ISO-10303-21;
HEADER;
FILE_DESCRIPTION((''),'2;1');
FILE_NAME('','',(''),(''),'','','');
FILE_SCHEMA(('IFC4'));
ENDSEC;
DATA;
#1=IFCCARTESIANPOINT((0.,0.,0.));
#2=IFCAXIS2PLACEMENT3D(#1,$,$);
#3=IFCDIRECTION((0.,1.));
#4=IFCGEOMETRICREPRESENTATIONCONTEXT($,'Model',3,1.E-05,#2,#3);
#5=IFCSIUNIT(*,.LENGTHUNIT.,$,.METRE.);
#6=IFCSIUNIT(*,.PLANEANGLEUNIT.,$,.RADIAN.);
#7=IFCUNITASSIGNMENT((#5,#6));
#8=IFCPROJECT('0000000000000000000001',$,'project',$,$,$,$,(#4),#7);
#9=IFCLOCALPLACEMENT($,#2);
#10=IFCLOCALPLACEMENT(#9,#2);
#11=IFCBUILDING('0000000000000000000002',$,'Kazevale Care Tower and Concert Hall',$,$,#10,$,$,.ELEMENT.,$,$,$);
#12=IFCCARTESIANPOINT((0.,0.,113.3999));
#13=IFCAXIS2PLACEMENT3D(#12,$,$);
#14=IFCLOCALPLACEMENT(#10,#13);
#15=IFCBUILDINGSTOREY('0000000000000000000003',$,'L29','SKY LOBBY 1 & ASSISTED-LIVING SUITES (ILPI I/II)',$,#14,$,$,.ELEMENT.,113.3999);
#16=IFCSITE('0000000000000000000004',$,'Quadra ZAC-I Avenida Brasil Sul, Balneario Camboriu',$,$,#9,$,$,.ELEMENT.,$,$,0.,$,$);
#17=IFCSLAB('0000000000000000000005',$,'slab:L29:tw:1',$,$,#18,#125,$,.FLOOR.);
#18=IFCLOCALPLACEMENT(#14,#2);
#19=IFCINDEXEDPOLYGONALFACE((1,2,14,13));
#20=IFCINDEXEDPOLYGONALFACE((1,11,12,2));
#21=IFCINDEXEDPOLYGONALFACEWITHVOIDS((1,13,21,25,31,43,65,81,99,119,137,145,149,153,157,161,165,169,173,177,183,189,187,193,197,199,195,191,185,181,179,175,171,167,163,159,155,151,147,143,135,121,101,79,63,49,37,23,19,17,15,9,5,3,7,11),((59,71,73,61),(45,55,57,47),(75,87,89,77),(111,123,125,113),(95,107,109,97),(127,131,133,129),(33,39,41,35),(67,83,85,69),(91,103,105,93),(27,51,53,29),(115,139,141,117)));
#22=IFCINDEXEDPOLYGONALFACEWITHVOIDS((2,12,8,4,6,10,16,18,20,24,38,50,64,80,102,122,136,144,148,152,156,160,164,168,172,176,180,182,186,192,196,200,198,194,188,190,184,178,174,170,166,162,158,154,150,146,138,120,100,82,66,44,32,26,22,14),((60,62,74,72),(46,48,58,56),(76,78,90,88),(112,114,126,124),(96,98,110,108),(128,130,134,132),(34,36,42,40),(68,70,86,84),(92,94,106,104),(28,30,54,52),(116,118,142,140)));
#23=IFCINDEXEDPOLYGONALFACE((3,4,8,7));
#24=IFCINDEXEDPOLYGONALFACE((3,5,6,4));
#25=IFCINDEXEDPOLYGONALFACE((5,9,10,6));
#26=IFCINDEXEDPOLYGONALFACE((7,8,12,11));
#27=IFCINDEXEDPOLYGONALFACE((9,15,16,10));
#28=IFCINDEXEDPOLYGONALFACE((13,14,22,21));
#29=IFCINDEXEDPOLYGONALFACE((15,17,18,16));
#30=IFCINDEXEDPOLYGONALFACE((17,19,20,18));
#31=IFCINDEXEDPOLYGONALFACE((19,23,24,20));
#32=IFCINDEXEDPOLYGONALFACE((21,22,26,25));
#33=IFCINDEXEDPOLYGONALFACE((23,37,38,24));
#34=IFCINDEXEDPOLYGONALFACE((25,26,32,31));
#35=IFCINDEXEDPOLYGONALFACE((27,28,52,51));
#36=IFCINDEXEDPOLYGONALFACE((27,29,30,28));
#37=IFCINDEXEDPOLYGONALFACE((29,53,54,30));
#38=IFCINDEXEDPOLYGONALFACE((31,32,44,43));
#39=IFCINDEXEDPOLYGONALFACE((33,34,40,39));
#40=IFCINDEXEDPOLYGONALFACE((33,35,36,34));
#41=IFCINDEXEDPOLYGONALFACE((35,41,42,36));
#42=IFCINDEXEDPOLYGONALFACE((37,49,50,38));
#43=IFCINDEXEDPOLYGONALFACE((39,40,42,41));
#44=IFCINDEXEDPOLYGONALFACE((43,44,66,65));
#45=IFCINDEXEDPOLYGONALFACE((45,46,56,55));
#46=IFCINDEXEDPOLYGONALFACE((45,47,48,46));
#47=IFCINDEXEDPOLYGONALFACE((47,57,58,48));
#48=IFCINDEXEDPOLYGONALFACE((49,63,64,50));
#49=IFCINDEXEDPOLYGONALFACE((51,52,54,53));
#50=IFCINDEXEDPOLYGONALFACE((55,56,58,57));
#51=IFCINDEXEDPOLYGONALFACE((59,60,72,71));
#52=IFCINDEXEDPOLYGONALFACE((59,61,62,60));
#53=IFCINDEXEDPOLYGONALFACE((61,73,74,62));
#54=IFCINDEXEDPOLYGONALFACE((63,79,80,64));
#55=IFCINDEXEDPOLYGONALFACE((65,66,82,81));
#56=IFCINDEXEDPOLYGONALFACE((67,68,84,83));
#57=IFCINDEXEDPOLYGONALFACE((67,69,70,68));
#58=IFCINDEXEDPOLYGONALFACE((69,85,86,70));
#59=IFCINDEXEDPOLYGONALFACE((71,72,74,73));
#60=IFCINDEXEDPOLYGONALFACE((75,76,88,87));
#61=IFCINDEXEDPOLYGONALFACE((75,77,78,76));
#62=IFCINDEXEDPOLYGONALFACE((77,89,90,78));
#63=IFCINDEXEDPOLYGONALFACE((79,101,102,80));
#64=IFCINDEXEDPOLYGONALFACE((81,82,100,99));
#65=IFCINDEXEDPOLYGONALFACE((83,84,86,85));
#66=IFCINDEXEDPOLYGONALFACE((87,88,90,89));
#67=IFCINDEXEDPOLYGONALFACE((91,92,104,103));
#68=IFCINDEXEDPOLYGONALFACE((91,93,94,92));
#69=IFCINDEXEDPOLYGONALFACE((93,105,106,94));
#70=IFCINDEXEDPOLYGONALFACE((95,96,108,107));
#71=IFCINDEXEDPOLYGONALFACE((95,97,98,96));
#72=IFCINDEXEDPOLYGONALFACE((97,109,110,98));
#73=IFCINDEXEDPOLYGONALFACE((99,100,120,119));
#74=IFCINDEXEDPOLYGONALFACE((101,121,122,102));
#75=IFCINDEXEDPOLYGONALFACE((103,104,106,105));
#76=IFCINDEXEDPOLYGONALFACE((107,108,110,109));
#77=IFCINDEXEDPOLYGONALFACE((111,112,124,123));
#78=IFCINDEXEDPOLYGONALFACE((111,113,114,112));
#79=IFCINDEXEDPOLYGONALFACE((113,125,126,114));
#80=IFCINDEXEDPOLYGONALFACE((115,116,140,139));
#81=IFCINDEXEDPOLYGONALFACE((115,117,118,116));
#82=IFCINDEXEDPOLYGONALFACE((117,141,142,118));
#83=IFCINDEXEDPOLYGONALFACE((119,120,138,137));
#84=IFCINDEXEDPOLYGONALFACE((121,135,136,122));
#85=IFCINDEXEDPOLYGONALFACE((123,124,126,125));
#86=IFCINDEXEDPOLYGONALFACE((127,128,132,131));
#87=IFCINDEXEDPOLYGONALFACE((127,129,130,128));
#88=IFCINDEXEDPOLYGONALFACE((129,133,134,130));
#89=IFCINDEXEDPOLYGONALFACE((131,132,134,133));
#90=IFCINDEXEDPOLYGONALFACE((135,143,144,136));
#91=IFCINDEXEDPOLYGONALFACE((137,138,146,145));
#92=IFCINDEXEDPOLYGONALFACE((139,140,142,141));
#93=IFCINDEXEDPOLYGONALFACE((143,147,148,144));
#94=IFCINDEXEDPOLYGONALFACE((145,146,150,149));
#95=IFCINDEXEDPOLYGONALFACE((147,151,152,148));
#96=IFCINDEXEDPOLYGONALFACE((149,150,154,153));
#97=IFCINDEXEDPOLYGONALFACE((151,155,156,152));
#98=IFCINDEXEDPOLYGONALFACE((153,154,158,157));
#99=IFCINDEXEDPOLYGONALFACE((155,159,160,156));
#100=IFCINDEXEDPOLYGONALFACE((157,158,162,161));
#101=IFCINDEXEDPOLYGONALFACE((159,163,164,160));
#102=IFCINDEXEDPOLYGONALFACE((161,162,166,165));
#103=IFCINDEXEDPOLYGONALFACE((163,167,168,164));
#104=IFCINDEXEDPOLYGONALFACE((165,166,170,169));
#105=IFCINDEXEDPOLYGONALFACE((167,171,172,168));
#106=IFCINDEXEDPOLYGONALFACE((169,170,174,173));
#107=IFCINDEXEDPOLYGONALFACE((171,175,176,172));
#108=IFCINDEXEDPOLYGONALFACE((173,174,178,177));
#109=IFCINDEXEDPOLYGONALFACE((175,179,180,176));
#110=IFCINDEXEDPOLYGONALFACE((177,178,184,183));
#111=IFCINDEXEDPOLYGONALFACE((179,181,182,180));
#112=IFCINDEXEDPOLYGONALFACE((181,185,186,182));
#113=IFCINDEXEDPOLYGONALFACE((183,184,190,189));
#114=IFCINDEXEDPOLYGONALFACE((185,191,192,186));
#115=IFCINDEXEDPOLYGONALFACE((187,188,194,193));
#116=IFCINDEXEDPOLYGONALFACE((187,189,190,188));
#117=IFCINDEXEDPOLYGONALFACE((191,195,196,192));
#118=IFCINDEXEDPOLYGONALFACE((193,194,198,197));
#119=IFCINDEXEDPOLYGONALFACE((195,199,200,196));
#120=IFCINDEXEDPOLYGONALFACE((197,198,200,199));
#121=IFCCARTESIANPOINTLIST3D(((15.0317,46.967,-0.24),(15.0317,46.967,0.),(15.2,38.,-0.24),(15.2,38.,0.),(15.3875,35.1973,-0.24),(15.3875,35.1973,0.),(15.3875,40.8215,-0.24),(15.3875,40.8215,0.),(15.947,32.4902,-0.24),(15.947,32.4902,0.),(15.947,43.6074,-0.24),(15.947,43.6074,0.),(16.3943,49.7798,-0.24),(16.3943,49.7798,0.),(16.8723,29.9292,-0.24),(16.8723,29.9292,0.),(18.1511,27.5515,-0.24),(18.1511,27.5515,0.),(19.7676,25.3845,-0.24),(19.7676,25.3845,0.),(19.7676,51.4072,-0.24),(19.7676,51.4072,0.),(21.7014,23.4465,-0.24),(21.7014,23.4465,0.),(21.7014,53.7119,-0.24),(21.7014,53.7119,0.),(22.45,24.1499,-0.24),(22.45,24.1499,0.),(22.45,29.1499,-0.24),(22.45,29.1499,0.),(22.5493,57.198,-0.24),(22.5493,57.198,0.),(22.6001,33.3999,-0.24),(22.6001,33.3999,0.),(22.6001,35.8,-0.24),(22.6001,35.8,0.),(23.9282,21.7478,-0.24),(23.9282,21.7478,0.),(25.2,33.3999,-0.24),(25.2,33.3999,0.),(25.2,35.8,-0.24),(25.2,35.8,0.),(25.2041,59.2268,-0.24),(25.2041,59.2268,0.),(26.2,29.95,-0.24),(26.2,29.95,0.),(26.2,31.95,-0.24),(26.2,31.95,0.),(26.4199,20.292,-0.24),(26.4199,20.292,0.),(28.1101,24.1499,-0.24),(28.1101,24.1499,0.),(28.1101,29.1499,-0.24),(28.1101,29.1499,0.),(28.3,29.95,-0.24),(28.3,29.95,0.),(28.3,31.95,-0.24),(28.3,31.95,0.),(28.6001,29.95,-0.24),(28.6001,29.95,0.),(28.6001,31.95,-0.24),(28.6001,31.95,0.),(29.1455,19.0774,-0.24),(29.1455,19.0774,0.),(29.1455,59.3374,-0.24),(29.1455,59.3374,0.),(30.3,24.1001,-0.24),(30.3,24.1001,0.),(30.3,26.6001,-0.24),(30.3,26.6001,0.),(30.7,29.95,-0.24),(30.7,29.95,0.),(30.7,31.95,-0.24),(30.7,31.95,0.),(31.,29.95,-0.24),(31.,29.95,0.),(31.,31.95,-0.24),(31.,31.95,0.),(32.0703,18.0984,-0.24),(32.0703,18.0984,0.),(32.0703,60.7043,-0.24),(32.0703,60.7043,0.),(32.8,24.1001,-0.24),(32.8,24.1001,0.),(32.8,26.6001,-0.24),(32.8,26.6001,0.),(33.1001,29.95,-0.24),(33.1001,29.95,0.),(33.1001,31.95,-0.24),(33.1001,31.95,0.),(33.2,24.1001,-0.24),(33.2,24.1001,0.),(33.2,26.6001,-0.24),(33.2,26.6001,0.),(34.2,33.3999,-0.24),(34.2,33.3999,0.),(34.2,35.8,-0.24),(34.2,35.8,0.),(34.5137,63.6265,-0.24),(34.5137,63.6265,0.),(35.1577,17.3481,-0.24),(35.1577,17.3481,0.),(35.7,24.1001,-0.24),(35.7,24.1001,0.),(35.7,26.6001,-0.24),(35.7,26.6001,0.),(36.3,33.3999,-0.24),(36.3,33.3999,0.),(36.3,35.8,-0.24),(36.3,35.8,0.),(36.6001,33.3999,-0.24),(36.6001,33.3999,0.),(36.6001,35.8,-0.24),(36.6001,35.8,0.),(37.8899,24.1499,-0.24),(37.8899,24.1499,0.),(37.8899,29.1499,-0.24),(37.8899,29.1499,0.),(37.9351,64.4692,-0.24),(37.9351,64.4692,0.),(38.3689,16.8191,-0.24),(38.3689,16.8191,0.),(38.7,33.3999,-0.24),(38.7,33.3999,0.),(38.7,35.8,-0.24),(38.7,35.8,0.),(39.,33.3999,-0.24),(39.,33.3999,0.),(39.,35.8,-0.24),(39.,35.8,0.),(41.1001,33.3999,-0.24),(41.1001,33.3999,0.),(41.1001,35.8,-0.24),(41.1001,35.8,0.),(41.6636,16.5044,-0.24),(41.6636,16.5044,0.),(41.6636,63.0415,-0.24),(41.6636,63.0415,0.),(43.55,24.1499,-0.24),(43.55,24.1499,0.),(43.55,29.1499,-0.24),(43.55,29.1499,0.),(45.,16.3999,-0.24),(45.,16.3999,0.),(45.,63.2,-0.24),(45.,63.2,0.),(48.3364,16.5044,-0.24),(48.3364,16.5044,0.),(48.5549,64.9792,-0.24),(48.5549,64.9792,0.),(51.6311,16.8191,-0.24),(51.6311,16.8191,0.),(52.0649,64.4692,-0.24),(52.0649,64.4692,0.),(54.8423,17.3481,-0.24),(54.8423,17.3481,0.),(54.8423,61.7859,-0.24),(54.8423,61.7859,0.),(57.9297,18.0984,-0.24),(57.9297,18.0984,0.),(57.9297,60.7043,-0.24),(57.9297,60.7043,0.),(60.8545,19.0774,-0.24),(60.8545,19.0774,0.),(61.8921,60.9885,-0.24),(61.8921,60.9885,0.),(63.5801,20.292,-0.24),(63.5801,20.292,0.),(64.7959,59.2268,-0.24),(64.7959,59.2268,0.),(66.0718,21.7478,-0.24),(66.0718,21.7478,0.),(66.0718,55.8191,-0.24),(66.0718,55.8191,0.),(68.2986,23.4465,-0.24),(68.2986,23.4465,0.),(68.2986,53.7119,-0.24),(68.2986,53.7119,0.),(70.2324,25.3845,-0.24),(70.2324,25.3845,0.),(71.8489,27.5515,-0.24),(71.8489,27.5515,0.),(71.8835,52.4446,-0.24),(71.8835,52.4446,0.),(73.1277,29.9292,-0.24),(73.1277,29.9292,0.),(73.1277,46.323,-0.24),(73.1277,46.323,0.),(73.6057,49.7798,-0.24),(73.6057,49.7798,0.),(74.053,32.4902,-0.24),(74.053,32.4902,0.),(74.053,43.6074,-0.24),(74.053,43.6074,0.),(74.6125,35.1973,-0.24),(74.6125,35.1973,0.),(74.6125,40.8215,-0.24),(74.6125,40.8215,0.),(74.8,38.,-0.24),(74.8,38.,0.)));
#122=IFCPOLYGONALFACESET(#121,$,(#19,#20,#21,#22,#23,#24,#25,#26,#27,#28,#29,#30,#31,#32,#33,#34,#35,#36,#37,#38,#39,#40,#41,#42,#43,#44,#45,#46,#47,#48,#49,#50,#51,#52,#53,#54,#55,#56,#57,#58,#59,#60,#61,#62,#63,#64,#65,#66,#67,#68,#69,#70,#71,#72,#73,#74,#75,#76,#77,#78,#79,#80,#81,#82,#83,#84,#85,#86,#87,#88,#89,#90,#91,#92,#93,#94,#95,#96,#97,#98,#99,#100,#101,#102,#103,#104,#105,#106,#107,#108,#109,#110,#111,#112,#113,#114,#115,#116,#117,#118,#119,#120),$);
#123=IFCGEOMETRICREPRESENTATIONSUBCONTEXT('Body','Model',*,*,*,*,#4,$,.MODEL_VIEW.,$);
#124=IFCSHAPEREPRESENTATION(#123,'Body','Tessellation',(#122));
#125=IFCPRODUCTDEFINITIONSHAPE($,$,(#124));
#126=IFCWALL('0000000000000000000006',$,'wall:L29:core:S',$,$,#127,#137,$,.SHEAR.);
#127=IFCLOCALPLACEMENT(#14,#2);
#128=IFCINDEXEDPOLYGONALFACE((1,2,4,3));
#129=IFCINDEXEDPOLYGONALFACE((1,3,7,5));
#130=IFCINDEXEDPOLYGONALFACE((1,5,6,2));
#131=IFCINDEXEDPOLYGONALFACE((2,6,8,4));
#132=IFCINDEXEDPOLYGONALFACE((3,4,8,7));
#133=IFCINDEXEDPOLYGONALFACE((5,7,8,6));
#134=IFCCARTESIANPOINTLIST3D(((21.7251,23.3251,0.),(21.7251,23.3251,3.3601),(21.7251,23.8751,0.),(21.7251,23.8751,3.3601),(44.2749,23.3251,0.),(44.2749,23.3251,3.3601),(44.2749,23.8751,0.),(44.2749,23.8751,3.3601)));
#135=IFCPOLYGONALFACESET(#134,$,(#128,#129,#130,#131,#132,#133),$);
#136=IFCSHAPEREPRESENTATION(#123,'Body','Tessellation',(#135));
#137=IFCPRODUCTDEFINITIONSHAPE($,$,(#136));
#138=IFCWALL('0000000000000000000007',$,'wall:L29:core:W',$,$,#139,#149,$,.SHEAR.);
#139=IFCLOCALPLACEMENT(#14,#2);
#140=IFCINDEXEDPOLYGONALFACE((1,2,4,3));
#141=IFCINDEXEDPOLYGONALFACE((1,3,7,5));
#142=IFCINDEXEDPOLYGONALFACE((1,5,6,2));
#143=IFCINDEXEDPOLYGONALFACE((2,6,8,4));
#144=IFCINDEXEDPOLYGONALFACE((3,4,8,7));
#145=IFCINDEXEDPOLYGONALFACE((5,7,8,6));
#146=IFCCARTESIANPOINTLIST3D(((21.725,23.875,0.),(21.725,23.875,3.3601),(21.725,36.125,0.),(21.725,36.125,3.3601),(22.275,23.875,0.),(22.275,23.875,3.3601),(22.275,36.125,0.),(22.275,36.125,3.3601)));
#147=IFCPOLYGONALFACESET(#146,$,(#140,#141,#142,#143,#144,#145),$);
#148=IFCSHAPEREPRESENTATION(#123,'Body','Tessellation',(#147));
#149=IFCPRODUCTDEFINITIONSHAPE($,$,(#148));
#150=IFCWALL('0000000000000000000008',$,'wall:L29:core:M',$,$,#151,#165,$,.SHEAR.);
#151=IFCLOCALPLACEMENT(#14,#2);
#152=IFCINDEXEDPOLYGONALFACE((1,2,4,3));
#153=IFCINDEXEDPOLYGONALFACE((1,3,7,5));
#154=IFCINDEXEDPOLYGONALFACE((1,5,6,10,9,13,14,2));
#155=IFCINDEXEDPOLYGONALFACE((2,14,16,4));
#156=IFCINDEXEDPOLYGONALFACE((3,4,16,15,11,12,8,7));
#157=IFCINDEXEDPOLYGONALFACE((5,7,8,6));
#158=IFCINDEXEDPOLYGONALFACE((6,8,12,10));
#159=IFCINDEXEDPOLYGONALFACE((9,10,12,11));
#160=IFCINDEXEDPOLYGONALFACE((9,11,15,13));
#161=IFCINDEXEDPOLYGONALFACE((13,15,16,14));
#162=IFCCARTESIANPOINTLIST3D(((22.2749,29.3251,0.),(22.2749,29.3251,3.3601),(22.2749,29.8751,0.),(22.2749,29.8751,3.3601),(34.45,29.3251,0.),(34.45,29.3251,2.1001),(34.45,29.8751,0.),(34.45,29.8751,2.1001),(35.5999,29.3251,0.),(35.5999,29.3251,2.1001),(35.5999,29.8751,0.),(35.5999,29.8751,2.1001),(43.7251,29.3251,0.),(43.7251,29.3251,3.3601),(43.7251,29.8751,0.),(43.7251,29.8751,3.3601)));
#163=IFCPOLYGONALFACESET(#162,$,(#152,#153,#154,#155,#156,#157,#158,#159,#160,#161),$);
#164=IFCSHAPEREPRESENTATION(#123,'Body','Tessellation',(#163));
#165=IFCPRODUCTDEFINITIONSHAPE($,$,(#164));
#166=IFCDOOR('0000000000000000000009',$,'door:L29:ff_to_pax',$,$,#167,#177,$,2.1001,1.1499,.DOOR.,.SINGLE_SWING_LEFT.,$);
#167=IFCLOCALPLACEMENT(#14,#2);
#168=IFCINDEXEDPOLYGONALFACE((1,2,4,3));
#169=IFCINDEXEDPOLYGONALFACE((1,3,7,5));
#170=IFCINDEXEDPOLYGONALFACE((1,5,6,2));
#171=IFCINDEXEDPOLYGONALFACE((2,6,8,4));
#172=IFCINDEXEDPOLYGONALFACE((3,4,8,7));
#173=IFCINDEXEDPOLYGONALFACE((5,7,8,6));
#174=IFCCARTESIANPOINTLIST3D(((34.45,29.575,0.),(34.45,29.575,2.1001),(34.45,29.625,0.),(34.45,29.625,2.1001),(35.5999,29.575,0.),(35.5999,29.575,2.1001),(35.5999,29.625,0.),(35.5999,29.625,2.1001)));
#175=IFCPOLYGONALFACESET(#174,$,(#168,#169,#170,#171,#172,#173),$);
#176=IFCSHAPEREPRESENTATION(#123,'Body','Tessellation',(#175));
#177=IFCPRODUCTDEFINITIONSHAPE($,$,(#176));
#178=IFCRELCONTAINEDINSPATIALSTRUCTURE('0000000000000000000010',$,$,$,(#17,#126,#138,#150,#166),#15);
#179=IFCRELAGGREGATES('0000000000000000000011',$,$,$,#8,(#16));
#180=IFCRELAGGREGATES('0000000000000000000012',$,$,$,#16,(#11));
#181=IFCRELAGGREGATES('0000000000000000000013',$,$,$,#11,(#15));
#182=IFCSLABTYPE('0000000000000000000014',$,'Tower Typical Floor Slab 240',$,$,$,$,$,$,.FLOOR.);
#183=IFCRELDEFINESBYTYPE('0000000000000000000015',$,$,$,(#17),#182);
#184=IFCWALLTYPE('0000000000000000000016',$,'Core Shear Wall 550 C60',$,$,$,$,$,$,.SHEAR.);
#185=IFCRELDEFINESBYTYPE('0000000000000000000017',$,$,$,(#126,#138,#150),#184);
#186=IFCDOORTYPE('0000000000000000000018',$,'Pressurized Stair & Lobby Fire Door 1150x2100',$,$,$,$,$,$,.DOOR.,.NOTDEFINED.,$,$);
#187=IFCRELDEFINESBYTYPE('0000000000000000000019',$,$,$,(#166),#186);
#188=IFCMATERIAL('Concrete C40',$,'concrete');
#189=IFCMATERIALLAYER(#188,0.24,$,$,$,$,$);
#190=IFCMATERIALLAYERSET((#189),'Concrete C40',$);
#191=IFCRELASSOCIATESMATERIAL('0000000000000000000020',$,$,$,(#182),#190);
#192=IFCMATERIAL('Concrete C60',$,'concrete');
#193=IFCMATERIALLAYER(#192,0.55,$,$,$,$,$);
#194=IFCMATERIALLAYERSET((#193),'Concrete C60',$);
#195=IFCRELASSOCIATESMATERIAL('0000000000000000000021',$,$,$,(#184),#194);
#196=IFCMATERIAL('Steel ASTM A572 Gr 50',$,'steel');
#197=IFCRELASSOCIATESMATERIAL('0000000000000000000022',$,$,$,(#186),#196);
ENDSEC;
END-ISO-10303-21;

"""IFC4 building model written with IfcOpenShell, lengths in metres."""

from ifc_helpers import new_model, si_unit, direction, frame, frame_2d, origin, place, context, subcontext, project, spatial, polyline, rectangle, outline, extrude, material, layer, layer_set, type_object, element, fill, save


model = new_model("IFC4")

# Units and contexts
model_context = context("Model", 3, precision=1e-05, world=origin(), true_north=direction((0.0, 1.0)))
body_context = subcontext(model_context, "Body", "Model", "MODEL_VIEW")
ifc_project = project(units=[si_unit("LENGTHUNIT", "METRE"), si_unit("PLANEANGLEUNIT", "RADIAN")], contexts=[model_context])

# Site, building, storey
site_placement = place(None, origin())
site = spatial("IfcSite", under=ifc_project, at=site_placement, Name="Quadra ZAC-I Avenida Brasil Sul, Balneario Camboriu", CompositionType="ELEMENT", RefElevation=0.0)
building_placement = place(site_placement, origin())
building = spatial("IfcBuilding", under=site, at=building_placement, Name="Kazevale Care Tower and Concert Hall", CompositionType="ELEMENT")
storey_placement = place(building_placement, frame((0.0, 0.0, 113.3999)))
storey = spatial("IfcBuildingStorey", under=building, at=storey_placement, Name="L29", Description="SKY LOBBY 1 & ASSISTED-LIVING SUITES (ILPI I/II)", CompositionType="ELEMENT", Elevation=113.3999)

# Shared definitions
ifc_material_1 = material(Name="Concrete C60", Category="concrete")

# Shared definitions
ifc_material_2 = material(Name="Steel ASTM A572 Gr 50", Category="steel")

# Shared definitions
ifc_material_3 = material(Name="Concrete C40", Category="concrete")

# Slab
ifc_layer_1 = layer(ifc_material_3, 0.24)
ifc_layer_set_1 = layer_set([ifc_layer_1], Name="Concrete C40")
slab_type_1 = type_object("IfcSlabType", Name="Tower Typical Floor Slab 240", PredefinedType="FLOOR", material=ifc_layer_set_1)
slab_1_placement = place(storey_placement, frame((0.0, 0.0, -0.24)))
element("IfcSlab", 1, at=slab_1_placement, inside=storey, type_object=slab_type_1, Name="slab:L29:tw:1", PredefinedType="FLOOR", context=body_context, shape_type="SweptSolid", body=[
    extrude(outline(polyline([(74.8, 38.0), (74.6125, 40.8215), (74.053, 43.6074), (73.1277, 46.323), (73.6057, 49.7798), (71.8835, 52.4446), (68.2986, 53.7119), (66.0718, 55.8191), (64.7959, 59.2268), (61.8921, 60.9885), (57.9297, 60.7043), (54.8423, 61.7859), (52.0649, 64.4692), (48.5549, 64.9792), (45.0, 63.2), (41.6636, 63.0415), (37.9351, 64.4692), (34.5137, 63.6265), (32.0703, 60.7043), (29.1455, 59.3374), (25.2041, 59.2268), (22.5493, 57.198), (21.7014, 53.7119), (19.7676, 51.4072), (16.3943, 49.7798), (15.0317, 46.967), (15.947, 43.6074), (15.3875, 40.8215), (15.2, 38.0), (15.3875, 35.1973), (15.947, 32.4902), (16.8723, 29.9292), (18.1511, 27.5515), (19.7676, 25.3845), (21.7014, 23.4465), (23.9282, 21.7478), (26.4199, 20.292), (29.1455, 19.0774), (32.0703, 18.0984), (35.1577, 17.3481), (38.3689, 16.8191), (41.6636, 16.5044), (45.0, 16.3999), (48.3364, 16.5044), (51.6311, 16.8191), (54.8423, 17.3481), (57.9297, 18.0984), (60.8545, 19.0774), (63.5801, 20.292), (66.0718, 21.7478), (68.2986, 23.4465), (70.2324, 25.3845), (71.8489, 27.5515), (73.1277, 29.9292), (74.053, 32.4902), (74.6125, 35.1973), (74.8, 38.0)]), holes=[polyline([(22.45, 24.1499), (28.1101, 24.1499), (28.1101, 29.1499), (22.45, 29.1499), (22.45, 24.1499)]), polyline([(37.8899, 24.1499), (43.55, 24.1499), (43.55, 29.1499), (37.8899, 29.1499), (37.8899, 24.1499)]), polyline([(30.3, 24.1001), (32.8, 24.1001), (32.8, 26.6001), (30.3, 26.6001), (30.3, 24.1001)]), polyline([(33.2, 24.1001), (35.7, 24.1001), (35.7, 26.6001), (33.2, 26.6001), (33.2, 24.1001)]), polyline([(22.6001, 33.3999), (25.2, 33.3999), (25.2, 35.8), (22.6001, 35.8), (22.6001, 33.3999)]), polyline([(34.2, 33.3999), (36.3, 33.3999), (36.3, 35.8), (34.2, 35.8), (34.2, 33.3999)]), polyline([(36.6001, 33.3999), (38.7, 33.3999), (38.7, 35.8), (36.6001, 35.8), (36.6001, 33.3999)]), polyline([(39.0, 33.3999), (41.1001, 33.3999), (41.1001, 35.8), (39.0, 35.8), (39.0, 33.3999)]), polyline([(26.2, 29.95), (28.3, 29.95), (28.3, 31.95), (26.2, 31.95), (26.2, 29.95)]), polyline([(28.6001, 29.95), (30.7, 29.95), (30.7, 31.95), (28.6001, 31.95), (28.6001, 29.95)]), polyline([(31.0, 29.95), (33.1001, 29.95), (33.1001, 31.95), (31.0, 31.95), (31.0, 29.95)])]), origin(), (0.0, 0.0, 1.0), 0.24),
])

# Walls
ifc_layer_2 = layer(ifc_material_1, 0.55)
ifc_layer_set_2 = layer_set([ifc_layer_2], Name="Concrete C60")
wall_type_1 = type_object("IfcWallType", Name="Core Shear Wall 550 C60", PredefinedType="SHEAR", material=ifc_layer_set_2)
wall_1_placement = place(storey_placement, frame((21.7251, 23.6001, 0.0), z_axis=(0.0, 0.0, 1.0), x_axis=(1.0, 0.0, 0.0)))
element("IfcWall", 2, at=wall_1_placement, inside=storey, type_object=wall_type_1, Name="wall:L29:core:S", PredefinedType="SHEAR", context=body_context, shape_type="SweptSolid", body=[
    extrude(rectangle(XDim=22.5498, YDim=0.55, at=frame_2d((11.2749, 0.0))), origin(), (0.0, 0.0, 1.0), 3.3601),
])
wall_2_placement = place(storey_placement, frame((22.0, 23.875, 0.0), z_axis=(0.0, 0.0, 1.0), x_axis=(0.0, 1.0, 0.0)))
element("IfcWall", 3, at=wall_2_placement, inside=storey, type_object=wall_type_1, Name="wall:L29:core:W", PredefinedType="SHEAR", context=body_context, shape_type="SweptSolid", body=[
    extrude(rectangle(XDim=12.25, YDim=0.55, at=frame_2d((6.125, 0.0))), origin(), (0.0, 0.0, 1.0), 3.3601),
])

# Wall, opening, door
wall_3_placement = place(storey_placement, frame((22.2749, 29.6001, 0.0), z_axis=(0.0, 0.0, 1.0), x_axis=(1.0, 0.0, 0.0)))
wall_3 = element("IfcWall", 4, at=wall_3_placement, inside=storey, type_object=wall_type_1, Name="wall:L29:core:M", PredefinedType="SHEAR", context=body_context, shape_type="SweptSolid", body=[
    extrude(rectangle(XDim=21.4502, YDim=0.55, at=frame_2d((10.7251, 0.0))), origin(), (0.0, 0.0, 1.0), 3.3601),
])
opening_1_placement = place(wall_3_placement, frame((12.175, 0.0, 0.0)))
opening_1 = element("IfcOpeningElement", 5, at=opening_1_placement, cuts=wall_3, PredefinedType="OPENING", context=body_context, shape_type="SweptSolid", body=[
    extrude(rectangle(XDim=1.1499, YDim=2.1001, at=frame_2d((0.575, 1.05))), frame((0.0, 0.2849, 0.0), z_axis=(0.0, -1.0, 0.0), x_axis=(1.0, 0.0, 0.0)), (0.0, 0.0, 1.0), 0.5701),
])
door_type_1 = type_object("IfcDoorType", Name="Pressurized Stair & Lobby Fire Door 1150x2100", OperationType="NOTDEFINED", PredefinedType="DOOR", material=ifc_material_2)
door_1_placement = place(opening_1_placement, origin())
door_1 = element("IfcDoor", 6, at=door_1_placement, inside=storey, type_object=door_type_1, Name="door:L29:ff_to_pax", OperationType="SINGLE_SWING_LEFT", OverallHeight=2.1001, OverallWidth=1.1499, PredefinedType="DOOR", context=body_context, shape_type="SweptSolid", body=[
    extrude(rectangle(XDim=1.1499, YDim=2.1001, at=frame_2d((0.575, 1.05))), frame((0.0, 0.0249, 0.0), z_axis=(0.0, -1.0, 0.0), x_axis=(1.0, 0.0, 0.0)), (0.0, 0.0, 1.0), 0.05),
])
fill(opening_1, door_1)

save(model, "model.ifc")
